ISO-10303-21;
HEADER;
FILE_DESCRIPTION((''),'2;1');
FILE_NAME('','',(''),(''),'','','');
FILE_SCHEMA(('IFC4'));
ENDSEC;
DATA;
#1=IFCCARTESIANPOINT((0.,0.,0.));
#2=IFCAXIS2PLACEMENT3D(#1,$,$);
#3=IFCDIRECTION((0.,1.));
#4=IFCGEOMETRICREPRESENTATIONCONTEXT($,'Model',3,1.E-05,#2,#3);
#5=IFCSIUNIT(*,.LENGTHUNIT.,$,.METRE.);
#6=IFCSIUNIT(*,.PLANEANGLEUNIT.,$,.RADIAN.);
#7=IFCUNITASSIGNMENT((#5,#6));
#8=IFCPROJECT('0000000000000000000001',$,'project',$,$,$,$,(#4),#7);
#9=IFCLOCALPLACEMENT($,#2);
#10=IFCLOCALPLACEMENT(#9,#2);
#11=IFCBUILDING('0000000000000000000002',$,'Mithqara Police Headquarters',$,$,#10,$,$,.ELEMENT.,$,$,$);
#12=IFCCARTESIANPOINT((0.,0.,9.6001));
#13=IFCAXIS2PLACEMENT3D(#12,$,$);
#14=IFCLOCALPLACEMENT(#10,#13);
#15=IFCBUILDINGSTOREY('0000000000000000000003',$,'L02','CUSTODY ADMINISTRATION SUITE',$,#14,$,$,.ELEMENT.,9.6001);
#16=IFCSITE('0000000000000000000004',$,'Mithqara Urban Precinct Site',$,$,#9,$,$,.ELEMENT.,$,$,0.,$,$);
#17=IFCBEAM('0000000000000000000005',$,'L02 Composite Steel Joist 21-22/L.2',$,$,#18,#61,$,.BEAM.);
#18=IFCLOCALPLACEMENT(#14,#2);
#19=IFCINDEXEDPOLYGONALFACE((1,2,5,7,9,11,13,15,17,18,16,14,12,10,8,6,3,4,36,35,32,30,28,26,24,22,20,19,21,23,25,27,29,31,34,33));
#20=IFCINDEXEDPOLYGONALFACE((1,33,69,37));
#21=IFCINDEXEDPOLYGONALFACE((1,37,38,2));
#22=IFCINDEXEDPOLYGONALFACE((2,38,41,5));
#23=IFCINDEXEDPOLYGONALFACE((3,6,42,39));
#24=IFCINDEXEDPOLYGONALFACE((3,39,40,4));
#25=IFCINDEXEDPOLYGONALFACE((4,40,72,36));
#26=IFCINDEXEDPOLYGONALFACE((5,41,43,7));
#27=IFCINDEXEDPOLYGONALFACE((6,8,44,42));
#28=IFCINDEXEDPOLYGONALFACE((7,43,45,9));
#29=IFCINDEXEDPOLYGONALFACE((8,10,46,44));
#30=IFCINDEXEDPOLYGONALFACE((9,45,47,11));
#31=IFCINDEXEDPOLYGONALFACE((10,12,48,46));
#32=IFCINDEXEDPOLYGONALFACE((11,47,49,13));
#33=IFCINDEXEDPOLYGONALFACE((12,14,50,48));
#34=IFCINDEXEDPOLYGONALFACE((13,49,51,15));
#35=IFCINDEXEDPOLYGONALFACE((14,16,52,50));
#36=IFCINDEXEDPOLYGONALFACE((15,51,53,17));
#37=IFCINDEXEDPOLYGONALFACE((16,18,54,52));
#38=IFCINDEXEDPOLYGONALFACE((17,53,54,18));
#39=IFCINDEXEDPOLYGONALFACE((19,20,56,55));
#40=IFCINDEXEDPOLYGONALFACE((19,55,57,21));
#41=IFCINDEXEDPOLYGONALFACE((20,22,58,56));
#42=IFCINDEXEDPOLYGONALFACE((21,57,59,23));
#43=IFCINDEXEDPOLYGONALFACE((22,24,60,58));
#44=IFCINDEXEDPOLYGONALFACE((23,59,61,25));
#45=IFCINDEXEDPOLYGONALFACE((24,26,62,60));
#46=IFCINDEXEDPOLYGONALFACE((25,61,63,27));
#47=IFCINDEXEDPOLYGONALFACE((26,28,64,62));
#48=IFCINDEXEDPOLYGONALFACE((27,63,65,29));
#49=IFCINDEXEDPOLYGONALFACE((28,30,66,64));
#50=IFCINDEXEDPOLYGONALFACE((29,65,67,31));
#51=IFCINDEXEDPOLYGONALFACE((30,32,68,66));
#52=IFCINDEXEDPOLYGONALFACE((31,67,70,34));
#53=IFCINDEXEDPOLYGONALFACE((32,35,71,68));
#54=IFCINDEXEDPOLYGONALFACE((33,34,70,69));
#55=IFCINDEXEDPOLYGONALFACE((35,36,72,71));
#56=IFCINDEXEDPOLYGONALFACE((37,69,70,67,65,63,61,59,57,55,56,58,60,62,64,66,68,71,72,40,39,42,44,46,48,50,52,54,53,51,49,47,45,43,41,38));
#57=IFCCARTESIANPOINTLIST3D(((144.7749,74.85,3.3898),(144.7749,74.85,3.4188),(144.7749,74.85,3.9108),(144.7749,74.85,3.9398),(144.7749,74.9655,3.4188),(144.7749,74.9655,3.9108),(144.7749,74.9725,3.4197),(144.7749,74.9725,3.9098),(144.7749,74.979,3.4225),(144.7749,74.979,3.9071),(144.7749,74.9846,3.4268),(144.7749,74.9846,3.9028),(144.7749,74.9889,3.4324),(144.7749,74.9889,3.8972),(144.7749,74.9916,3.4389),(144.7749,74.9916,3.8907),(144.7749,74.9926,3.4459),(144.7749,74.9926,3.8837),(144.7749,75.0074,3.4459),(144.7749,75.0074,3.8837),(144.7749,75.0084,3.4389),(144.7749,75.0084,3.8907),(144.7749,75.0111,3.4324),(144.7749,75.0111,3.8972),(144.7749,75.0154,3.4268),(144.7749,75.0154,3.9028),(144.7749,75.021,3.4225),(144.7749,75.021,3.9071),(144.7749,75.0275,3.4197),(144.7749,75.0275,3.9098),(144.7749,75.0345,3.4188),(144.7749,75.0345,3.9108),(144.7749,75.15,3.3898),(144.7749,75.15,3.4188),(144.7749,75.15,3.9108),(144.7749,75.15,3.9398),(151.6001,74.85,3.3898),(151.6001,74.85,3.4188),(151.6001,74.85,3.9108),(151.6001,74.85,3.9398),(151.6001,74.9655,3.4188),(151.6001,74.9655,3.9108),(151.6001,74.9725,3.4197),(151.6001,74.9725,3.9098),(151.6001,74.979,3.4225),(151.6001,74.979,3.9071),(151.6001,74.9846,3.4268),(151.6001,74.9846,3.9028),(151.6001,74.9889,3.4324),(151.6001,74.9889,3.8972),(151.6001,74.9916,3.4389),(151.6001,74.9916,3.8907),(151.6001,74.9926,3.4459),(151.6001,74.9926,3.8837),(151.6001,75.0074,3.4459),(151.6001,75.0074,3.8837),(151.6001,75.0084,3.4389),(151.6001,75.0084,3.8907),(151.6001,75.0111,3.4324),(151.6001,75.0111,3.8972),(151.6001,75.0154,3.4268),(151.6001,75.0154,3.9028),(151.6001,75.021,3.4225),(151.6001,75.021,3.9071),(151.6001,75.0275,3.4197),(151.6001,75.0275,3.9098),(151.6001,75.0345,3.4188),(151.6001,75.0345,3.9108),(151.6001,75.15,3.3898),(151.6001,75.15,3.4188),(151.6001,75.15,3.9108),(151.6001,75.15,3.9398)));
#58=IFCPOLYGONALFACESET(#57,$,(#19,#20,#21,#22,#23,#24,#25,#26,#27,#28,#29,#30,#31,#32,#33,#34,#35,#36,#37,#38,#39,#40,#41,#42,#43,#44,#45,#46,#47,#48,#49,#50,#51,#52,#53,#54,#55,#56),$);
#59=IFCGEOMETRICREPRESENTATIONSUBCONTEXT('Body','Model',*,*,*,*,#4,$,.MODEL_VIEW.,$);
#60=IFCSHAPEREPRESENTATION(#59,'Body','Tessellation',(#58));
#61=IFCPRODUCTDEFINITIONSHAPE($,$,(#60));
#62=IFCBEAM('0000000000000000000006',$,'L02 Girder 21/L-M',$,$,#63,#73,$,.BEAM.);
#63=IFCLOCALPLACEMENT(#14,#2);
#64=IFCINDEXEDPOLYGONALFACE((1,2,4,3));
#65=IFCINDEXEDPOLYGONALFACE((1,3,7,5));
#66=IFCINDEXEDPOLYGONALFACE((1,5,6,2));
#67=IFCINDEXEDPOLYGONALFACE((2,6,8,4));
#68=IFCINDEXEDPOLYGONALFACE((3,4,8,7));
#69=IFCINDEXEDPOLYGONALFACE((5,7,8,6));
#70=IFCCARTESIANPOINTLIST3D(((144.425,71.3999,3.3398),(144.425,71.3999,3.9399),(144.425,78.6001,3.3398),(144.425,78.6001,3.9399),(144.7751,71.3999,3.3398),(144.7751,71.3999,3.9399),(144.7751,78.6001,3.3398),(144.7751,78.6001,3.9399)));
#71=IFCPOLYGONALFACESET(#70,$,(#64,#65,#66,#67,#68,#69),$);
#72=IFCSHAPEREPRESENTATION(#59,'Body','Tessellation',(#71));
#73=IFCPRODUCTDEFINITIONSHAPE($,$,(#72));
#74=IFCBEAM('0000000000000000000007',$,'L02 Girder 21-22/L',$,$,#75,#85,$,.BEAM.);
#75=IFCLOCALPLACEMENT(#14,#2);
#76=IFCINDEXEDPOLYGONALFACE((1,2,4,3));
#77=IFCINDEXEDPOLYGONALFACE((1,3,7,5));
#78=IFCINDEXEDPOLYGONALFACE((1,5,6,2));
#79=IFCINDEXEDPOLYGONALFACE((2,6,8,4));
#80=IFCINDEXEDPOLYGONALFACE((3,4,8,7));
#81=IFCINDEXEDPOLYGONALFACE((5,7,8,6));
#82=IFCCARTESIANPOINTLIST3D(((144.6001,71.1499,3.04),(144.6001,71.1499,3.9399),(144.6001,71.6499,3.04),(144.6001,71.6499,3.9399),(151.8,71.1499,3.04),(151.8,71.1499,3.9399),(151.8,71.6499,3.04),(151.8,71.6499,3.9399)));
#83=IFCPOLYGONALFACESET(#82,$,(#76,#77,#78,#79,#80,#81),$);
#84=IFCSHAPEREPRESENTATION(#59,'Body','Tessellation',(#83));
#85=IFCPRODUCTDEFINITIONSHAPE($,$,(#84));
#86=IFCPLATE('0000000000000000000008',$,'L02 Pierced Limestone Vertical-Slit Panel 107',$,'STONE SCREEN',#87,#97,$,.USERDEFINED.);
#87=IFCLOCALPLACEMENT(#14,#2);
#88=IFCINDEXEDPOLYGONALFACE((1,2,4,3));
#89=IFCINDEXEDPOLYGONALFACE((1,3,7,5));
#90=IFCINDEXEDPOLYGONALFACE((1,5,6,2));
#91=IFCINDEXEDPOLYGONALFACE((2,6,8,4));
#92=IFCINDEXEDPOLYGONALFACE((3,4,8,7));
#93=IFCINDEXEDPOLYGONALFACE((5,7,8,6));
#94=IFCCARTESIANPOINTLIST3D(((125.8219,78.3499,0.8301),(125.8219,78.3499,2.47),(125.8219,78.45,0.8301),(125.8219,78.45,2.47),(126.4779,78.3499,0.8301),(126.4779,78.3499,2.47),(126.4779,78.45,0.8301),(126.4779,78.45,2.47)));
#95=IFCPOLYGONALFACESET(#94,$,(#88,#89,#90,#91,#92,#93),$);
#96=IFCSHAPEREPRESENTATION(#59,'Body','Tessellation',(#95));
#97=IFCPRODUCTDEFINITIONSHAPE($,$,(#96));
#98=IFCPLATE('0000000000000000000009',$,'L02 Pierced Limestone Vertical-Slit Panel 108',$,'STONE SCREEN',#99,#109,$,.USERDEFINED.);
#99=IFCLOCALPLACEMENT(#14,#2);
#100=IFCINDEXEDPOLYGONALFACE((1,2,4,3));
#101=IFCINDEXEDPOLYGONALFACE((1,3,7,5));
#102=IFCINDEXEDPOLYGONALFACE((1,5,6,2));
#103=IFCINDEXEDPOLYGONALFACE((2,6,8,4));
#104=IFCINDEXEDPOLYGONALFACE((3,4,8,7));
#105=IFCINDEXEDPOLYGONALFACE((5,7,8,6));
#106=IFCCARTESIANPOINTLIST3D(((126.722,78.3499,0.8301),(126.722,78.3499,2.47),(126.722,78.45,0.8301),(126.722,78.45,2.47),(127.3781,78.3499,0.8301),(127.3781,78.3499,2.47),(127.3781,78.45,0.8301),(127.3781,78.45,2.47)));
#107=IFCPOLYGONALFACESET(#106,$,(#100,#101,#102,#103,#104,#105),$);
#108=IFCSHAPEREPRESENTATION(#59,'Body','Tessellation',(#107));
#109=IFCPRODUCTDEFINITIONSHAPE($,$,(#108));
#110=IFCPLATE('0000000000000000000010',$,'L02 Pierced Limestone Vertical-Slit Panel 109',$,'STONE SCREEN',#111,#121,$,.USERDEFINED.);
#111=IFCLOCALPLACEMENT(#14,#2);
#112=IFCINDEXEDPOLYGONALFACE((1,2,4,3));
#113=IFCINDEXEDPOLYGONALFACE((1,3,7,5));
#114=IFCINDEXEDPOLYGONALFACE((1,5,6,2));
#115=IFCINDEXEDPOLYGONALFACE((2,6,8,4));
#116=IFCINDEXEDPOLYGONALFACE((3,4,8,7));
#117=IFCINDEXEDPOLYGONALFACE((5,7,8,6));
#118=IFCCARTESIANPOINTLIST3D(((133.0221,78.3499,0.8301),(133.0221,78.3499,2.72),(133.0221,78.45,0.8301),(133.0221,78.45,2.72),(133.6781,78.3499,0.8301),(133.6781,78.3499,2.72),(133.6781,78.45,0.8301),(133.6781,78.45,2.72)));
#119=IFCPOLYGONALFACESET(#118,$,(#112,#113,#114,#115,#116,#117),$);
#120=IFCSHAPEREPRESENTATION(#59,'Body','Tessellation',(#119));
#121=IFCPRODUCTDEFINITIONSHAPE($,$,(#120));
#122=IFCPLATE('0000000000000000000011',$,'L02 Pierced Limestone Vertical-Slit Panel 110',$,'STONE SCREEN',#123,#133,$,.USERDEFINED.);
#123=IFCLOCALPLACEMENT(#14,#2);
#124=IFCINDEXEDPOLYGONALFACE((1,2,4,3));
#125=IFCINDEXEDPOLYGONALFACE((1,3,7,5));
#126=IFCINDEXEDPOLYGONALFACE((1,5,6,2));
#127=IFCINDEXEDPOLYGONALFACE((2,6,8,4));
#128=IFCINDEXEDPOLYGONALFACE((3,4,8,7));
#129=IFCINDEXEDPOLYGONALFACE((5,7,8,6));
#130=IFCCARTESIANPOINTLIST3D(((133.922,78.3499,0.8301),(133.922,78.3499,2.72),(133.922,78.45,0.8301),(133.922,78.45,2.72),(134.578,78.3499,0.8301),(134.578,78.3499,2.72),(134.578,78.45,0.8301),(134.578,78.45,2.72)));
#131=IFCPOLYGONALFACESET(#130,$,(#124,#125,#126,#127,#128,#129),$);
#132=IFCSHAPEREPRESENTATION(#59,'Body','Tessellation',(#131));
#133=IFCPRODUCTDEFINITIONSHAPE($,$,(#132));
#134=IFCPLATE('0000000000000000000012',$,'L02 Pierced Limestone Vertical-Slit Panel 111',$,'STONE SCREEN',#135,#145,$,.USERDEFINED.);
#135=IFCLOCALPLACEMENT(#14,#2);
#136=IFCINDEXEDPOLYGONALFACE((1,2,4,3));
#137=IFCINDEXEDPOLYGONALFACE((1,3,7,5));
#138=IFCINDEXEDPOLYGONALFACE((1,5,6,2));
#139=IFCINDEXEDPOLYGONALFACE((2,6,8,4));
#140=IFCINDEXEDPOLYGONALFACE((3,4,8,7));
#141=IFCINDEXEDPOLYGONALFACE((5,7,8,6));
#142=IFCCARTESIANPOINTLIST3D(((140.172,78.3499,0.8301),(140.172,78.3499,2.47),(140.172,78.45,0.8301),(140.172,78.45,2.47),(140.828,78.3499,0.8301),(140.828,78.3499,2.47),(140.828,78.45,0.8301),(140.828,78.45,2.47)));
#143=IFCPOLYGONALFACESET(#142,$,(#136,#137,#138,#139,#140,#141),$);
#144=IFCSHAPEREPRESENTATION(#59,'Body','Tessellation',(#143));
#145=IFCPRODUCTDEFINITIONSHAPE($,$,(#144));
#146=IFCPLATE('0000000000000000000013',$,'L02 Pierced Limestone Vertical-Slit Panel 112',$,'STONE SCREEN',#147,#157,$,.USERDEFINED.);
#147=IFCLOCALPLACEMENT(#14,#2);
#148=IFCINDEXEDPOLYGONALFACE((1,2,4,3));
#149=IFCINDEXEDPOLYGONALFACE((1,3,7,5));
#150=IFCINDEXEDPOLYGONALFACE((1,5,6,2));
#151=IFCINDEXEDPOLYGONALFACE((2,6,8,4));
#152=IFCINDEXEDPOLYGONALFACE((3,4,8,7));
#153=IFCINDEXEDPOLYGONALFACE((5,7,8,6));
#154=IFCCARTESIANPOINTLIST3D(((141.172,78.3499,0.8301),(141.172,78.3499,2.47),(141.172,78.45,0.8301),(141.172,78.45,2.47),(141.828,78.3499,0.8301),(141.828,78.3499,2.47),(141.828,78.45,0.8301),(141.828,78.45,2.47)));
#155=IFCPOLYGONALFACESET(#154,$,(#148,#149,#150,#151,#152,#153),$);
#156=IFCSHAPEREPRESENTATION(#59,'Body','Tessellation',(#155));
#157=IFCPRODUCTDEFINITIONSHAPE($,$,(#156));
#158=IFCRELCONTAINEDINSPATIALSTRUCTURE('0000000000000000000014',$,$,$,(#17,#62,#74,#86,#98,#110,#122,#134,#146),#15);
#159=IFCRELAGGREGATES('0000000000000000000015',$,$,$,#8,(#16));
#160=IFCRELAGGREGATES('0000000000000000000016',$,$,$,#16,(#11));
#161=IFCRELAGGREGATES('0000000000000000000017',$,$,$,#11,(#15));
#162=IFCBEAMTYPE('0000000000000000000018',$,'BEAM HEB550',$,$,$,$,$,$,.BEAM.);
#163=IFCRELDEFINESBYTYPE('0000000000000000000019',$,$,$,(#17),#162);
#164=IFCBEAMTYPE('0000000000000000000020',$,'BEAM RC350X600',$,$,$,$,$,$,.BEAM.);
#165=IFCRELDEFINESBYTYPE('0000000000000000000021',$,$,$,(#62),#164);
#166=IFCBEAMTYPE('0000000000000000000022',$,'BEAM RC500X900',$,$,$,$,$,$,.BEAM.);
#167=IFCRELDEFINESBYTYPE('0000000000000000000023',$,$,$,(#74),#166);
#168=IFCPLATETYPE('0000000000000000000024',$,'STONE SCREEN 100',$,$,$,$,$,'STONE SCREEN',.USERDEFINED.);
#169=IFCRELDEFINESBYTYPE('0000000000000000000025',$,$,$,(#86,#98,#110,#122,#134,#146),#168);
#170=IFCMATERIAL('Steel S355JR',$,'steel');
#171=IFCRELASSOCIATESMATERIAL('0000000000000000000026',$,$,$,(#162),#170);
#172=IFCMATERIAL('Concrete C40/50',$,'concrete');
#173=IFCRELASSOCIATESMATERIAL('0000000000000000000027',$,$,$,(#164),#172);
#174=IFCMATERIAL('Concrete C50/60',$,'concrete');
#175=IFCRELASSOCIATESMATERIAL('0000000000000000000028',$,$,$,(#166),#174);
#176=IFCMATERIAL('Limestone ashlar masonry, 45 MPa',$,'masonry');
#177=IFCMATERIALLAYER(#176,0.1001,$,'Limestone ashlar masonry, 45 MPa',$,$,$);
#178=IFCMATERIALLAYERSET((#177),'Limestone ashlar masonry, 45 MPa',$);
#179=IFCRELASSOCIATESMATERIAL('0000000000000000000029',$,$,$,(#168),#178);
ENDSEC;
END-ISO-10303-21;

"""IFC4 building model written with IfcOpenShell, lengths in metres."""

from ifc_helpers import new_model, si_unit, direction, frame, origin, origin_2d, place, context, subcontext, project, spatial, rectangle, i_section, extrude, material, layer, layer_set, material_profile, profile_set, type_object, element, save


model = new_model("IFC4")

# Units and contexts
model_context = context("Model", 3, precision=1e-05, world=origin(), true_north=direction((0.0, 1.0)))
body_context = subcontext(model_context, "Body", "Model", "MODEL_VIEW")
ifc_project = project(units=[si_unit("LENGTHUNIT", "METRE"), si_unit("PLANEANGLEUNIT", "RADIAN")], contexts=[model_context])

# Site, building, storey
site_placement = place(None, origin())
site = spatial("IfcSite", under=ifc_project, at=site_placement, Name="Mithqara Urban Precinct Site", CompositionType="ELEMENT", RefElevation=0.0)
building_placement = place(site_placement, origin())
building = spatial("IfcBuilding", under=site, at=building_placement, Name="Mithqara Police Headquarters", CompositionType="ELEMENT")
storey_placement = place(building_placement, frame((0.0, 0.0, 9.6001)))
storey = spatial("IfcBuildingStorey", under=building, at=storey_placement, Name="L02", Description="CUSTODY ADMINISTRATION SUITE", CompositionType="ELEMENT", Elevation=9.6001)

# Shared definitions
ifc_material_1 = material(Name="Concrete C50/60", Category="concrete")

# Beams
ifc_material_2 = material(Name="Steel S355JR", Category="steel")
ifc_material_profile_1 = material_profile(ifc_material_2, i_section(OverallWidth=0.3, OverallDepth=0.55, WebThickness=0.0149, FlangeThickness=0.0291, FilletRadius=0.0271, at=origin_2d()), Name="HEB 550")
ifc_profile_set_1 = profile_set([ifc_material_profile_1], Name="Steel S355JR")
beam_type_1 = type_object("IfcBeamType", Name="BEAM HEB550", PredefinedType="BEAM", material=ifc_profile_set_1)
for number, where, z_axis, x_axis, name in (
    (1, (144.7749, 75.0, 3.6648), (1.0, 0.0, 0.0), (0.0, 1.0, 0.0), "L02 Composite Steel Joist 21-22/L.2"),
):
    element("IfcBeam", number, at=place(storey_placement, frame(where, z_axis=z_axis, x_axis=x_axis)), inside=storey, type_object=beam_type_1, Name=name, PredefinedType="BEAM", context=body_context, shape_type="SweptSolid", body=[
        extrude(i_section(OverallWidth=0.3, OverallDepth=0.55, WebThickness=0.0149, FlangeThickness=0.0291, FilletRadius=0.0271, at=origin_2d()), origin(), (0.0, 0.0, 1.0), 6.8252),
    ])
ifc_material_3 = material(Name="Concrete C40/50", Category="concrete")
ifc_material_profile_2 = material_profile(ifc_material_3, rectangle(XDim=0.3501, YDim=0.6001, at=origin_2d()), Name="RC 350x600")
ifc_profile_set_2 = profile_set([ifc_material_profile_2], Name="Concrete C40/50")
beam_type_2 = type_object("IfcBeamType", Name="BEAM RC350X600", PredefinedType="BEAM", material=ifc_profile_set_2)
beam_1_placement = place(storey_placement, frame((144.6001, 71.3999, 3.6399), z_axis=(0.0, 1.0, 0.0), x_axis=(-1.0, 0.0, 0.0)))
element("IfcBeam", 2, at=beam_1_placement, inside=storey, type_object=beam_type_2, Name="L02 Girder 21/L-M", PredefinedType="BEAM", context=body_context, shape_type="SweptSolid", body=[
    extrude(rectangle(XDim=0.3501, YDim=0.6001, at=origin_2d()), origin(), (0.0, 0.0, 1.0), 7.2002),
])
ifc_material_profile_3 = material_profile(ifc_material_1, rectangle(XDim=0.5, YDim=0.8999, at=origin_2d()), Name="RC 500x900")
ifc_profile_set_3 = profile_set([ifc_material_profile_3], Name="Concrete C50/60")
beam_type_3 = type_object("IfcBeamType", Name="BEAM RC500X900", PredefinedType="BEAM", material=ifc_profile_set_3)
beam_2_placement = place(storey_placement, frame((144.6001, 71.3999, 3.49), z_axis=(1.0, 0.0, 0.0), x_axis=(0.0, 1.0, 0.0)))
element("IfcBeam", 3, at=beam_2_placement, inside=storey, type_object=beam_type_3, Name="L02 Girder 21-22/L", PredefinedType="BEAM", context=body_context, shape_type="SweptSolid", body=[
    extrude(rectangle(XDim=0.5, YDim=0.8999, at=origin_2d()), origin(), (0.0, 0.0, 1.0), 7.2),
])

# Plates
ifc_material_4 = material(Name="Limestone ashlar masonry, 45 MPa", Category="masonry")
ifc_layer_1 = layer(ifc_material_4, 0.1001, Name="Limestone ashlar masonry, 45 MPa")
ifc_layer_set_1 = layer_set([ifc_layer_1], Name="Limestone ashlar masonry, 45 MPa")
plate_type = type_object("IfcPlateType", Name="STONE SCREEN 100", ElementType="STONE SCREEN", PredefinedType="USERDEFINED", material=ifc_layer_set_1)
for number, where, z_axis, x_axis, name in (
    (4, (126.1499, 78.3999, 0.8301), (0.0, 0.0, 1.0), (1.0, 0.0, 0.0), "L02 Pierced Limestone Vertical-Slit Panel 107"),
    (5, (127.05, 78.3999, 0.8301), (0.0, 0.0, 1.0), (1.0, 0.0, 0.0), "L02 Pierced Limestone Vertical-Slit Panel 108"),
):
    element("IfcPlate", number, at=place(storey_placement, frame(where, z_axis=z_axis, x_axis=x_axis)), inside=storey, type_object=plate_type, Name=name, ObjectType="STONE SCREEN", PredefinedType="USERDEFINED", context=body_context, shape_type="SweptSolid", body=[
        extrude(rectangle(XDim=0.656, YDim=0.1001, at=origin_2d()), origin(), (0.0, 0.0, 1.0), 1.6399),
    ])
for number, where, z_axis, x_axis, name in (
    (6, (133.3501, 78.3999, 0.8301), (0.0, 0.0, 1.0), (1.0, 0.0, 0.0), "L02 Pierced Limestone Vertical-Slit Panel 109"),
    (7, (134.25, 78.3999, 0.8301), (0.0, 0.0, 1.0), (1.0, 0.0, 0.0), "L02 Pierced Limestone Vertical-Slit Panel 110"),
):
    element("IfcPlate", number, at=place(storey_placement, frame(where, z_axis=z_axis, x_axis=x_axis)), inside=storey, type_object=plate_type, Name=name, ObjectType="STONE SCREEN", PredefinedType="USERDEFINED", context=body_context, shape_type="SweptSolid", body=[
        extrude(rectangle(XDim=0.656, YDim=0.1001, at=origin_2d()), origin(), (0.0, 0.0, 1.0), 1.8899),
    ])
for number, where, z_axis, x_axis, name in (
    (8, (140.5, 78.3999, 0.8301), (0.0, 0.0, 1.0), (1.0, 0.0, 0.0), "L02 Pierced Limestone Vertical-Slit Panel 111"),
    (9, (141.5, 78.3999, 0.8301), (0.0, 0.0, 1.0), (1.0, 0.0, 0.0), "L02 Pierced Limestone Vertical-Slit Panel 112"),
):
    element("IfcPlate", number, at=place(storey_placement, frame(where, z_axis=z_axis, x_axis=x_axis)), inside=storey, type_object=plate_type, Name=name, ObjectType="STONE SCREEN", PredefinedType="USERDEFINED", context=body_context, shape_type="SweptSolid", body=[
        extrude(rectangle(XDim=0.656, YDim=0.1001, at=origin_2d()), origin(), (0.0, 0.0, 1.0), 1.6399),
    ])

save(model, "model.ifc")
